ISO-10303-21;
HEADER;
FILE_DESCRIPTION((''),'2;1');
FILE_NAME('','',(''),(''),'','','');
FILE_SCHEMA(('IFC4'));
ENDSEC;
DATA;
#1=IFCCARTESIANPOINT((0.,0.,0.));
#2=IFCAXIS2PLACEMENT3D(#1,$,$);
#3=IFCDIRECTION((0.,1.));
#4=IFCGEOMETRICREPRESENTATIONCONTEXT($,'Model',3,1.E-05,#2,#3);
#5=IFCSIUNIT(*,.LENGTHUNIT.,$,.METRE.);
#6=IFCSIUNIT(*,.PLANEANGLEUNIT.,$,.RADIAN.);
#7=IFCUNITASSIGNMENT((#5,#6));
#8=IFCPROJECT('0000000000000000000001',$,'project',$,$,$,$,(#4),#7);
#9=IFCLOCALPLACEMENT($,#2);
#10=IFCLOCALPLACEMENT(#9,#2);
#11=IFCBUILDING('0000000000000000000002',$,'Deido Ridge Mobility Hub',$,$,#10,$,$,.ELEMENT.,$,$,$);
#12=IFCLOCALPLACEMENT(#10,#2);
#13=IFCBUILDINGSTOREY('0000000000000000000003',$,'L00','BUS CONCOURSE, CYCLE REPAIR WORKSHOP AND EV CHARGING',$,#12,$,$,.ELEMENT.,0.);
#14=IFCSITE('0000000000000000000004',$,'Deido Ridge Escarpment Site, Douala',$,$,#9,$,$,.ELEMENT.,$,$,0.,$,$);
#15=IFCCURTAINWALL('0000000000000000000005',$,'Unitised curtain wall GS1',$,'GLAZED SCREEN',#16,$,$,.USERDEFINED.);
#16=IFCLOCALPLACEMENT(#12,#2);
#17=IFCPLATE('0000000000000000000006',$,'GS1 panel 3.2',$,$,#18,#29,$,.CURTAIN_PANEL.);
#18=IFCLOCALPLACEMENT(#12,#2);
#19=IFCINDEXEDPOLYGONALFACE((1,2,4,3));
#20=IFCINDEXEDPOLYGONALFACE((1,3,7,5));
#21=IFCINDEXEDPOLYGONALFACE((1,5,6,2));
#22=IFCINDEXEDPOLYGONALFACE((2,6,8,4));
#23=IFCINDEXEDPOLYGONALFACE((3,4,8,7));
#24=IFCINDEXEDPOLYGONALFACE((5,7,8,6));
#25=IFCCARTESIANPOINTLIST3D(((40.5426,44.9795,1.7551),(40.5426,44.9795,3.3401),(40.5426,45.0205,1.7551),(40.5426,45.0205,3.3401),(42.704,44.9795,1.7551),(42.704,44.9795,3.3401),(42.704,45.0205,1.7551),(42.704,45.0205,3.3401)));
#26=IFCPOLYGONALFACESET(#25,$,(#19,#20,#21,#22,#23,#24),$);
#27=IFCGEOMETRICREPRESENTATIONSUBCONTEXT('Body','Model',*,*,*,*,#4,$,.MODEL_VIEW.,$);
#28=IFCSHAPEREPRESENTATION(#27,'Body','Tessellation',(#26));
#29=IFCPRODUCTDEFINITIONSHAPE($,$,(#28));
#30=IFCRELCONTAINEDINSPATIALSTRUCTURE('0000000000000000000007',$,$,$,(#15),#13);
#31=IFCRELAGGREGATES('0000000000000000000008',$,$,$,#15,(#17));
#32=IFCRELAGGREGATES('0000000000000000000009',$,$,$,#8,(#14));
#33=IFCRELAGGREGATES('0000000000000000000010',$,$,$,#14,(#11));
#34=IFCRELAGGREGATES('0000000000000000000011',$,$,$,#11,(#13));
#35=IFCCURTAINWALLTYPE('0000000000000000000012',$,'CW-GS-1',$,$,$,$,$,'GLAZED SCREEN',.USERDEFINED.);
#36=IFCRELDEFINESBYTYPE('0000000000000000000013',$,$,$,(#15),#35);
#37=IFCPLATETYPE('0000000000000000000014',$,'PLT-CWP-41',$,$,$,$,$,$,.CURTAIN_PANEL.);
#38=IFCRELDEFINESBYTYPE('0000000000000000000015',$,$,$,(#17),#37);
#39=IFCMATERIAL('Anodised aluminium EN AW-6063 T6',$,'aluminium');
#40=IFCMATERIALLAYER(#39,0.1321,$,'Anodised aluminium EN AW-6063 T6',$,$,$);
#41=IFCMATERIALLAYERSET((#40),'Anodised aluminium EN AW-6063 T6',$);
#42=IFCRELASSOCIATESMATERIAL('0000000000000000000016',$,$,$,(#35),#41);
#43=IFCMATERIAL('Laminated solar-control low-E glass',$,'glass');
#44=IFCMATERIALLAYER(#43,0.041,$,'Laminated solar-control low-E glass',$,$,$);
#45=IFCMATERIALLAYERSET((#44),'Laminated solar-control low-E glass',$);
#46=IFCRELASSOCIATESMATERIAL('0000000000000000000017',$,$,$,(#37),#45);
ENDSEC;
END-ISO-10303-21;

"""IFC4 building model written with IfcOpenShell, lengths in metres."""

from ifc_helpers import new_model, si_unit, direction, frame, origin, origin_2d, place, context, subcontext, project, spatial, rectangle, extrude, material, layer, layer_set, type_object, element, aggregate, save


model = new_model("IFC4")

# Units and contexts
model_context = context("Model", 3, precision=1e-05, world=origin(), true_north=direction((0.0, 1.0)))
body_context = subcontext(model_context, "Body", "Model", "MODEL_VIEW")
ifc_project = project(units=[si_unit("LENGTHUNIT", "METRE"), si_unit("PLANEANGLEUNIT", "RADIAN")], contexts=[model_context])

# Site, building, storey
site_placement = place(None, origin())
site = spatial("IfcSite", under=ifc_project, at=site_placement, Name="Deido Ridge Escarpment Site, Douala", CompositionType="ELEMENT", RefElevation=0.0)
building_placement = place(site_placement, origin())
building = spatial("IfcBuilding", under=site, at=building_placement, Name="Deido Ridge Mobility Hub", CompositionType="ELEMENT")
storey_placement = place(building_placement, origin())
storey = spatial("IfcBuildingStorey", under=building, at=storey_placement, Name="L00", Description="BUS CONCOURSE, CYCLE REPAIR WORKSHOP AND EV CHARGING", CompositionType="ELEMENT", Elevation=0.0)

# Curtain wall, plate
ifc_material_1 = material(Name="Anodised aluminium EN AW-6063 T6", Category="aluminium")
ifc_layer_1 = layer(ifc_material_1, 0.1321, Name="Anodised aluminium EN AW-6063 T6")
ifc_layer_set_1 = layer_set([ifc_layer_1], Name="Anodised aluminium EN AW-6063 T6")
curtain_wall_type = type_object("IfcCurtainWallType", Name="CW-GS-1", ElementType="GLAZED SCREEN", PredefinedType="USERDEFINED", material=ifc_layer_set_1)
curtain_wall_placement = place(storey_placement, origin())
curtain_wall = element("IfcCurtainWall", 1, at=curtain_wall_placement, inside=storey, type_object=curtain_wall_type, Name="Unitised curtain wall GS1", ObjectType="GLAZED SCREEN", PredefinedType="USERDEFINED")
ifc_material_2 = material(Name="Laminated solar-control low-E glass", Category="glass")
ifc_layer_2 = layer(ifc_material_2, 0.041, Name="Laminated solar-control low-E glass")
ifc_layer_set_2 = layer_set([ifc_layer_2], Name="Laminated solar-control low-E glass")
plate_type = type_object("IfcPlateType", Name="PLT-CWP-41", PredefinedType="CURTAIN_PANEL", material=ifc_layer_set_2)
plate_1_placement = place(storey_placement, frame((41.6233, 45.0, 1.7551), z_axis=(0.0, 0.0, 1.0), x_axis=(1.0, 0.0, 0.0)))
plate_1 = element("IfcPlate", 2, at=plate_1_placement, type_object=plate_type, Name="GS1 panel 3.2", PredefinedType="CURTAIN_PANEL", context=body_context, shape_type="SweptSolid", body=[
    extrude(rectangle(XDim=2.1614, YDim=0.041, at=origin_2d()), origin(), (0.0, 0.0, 1.0), 1.585),
])
aggregate(curtain_wall, [plate_1])

save(model, "model.ifc")
